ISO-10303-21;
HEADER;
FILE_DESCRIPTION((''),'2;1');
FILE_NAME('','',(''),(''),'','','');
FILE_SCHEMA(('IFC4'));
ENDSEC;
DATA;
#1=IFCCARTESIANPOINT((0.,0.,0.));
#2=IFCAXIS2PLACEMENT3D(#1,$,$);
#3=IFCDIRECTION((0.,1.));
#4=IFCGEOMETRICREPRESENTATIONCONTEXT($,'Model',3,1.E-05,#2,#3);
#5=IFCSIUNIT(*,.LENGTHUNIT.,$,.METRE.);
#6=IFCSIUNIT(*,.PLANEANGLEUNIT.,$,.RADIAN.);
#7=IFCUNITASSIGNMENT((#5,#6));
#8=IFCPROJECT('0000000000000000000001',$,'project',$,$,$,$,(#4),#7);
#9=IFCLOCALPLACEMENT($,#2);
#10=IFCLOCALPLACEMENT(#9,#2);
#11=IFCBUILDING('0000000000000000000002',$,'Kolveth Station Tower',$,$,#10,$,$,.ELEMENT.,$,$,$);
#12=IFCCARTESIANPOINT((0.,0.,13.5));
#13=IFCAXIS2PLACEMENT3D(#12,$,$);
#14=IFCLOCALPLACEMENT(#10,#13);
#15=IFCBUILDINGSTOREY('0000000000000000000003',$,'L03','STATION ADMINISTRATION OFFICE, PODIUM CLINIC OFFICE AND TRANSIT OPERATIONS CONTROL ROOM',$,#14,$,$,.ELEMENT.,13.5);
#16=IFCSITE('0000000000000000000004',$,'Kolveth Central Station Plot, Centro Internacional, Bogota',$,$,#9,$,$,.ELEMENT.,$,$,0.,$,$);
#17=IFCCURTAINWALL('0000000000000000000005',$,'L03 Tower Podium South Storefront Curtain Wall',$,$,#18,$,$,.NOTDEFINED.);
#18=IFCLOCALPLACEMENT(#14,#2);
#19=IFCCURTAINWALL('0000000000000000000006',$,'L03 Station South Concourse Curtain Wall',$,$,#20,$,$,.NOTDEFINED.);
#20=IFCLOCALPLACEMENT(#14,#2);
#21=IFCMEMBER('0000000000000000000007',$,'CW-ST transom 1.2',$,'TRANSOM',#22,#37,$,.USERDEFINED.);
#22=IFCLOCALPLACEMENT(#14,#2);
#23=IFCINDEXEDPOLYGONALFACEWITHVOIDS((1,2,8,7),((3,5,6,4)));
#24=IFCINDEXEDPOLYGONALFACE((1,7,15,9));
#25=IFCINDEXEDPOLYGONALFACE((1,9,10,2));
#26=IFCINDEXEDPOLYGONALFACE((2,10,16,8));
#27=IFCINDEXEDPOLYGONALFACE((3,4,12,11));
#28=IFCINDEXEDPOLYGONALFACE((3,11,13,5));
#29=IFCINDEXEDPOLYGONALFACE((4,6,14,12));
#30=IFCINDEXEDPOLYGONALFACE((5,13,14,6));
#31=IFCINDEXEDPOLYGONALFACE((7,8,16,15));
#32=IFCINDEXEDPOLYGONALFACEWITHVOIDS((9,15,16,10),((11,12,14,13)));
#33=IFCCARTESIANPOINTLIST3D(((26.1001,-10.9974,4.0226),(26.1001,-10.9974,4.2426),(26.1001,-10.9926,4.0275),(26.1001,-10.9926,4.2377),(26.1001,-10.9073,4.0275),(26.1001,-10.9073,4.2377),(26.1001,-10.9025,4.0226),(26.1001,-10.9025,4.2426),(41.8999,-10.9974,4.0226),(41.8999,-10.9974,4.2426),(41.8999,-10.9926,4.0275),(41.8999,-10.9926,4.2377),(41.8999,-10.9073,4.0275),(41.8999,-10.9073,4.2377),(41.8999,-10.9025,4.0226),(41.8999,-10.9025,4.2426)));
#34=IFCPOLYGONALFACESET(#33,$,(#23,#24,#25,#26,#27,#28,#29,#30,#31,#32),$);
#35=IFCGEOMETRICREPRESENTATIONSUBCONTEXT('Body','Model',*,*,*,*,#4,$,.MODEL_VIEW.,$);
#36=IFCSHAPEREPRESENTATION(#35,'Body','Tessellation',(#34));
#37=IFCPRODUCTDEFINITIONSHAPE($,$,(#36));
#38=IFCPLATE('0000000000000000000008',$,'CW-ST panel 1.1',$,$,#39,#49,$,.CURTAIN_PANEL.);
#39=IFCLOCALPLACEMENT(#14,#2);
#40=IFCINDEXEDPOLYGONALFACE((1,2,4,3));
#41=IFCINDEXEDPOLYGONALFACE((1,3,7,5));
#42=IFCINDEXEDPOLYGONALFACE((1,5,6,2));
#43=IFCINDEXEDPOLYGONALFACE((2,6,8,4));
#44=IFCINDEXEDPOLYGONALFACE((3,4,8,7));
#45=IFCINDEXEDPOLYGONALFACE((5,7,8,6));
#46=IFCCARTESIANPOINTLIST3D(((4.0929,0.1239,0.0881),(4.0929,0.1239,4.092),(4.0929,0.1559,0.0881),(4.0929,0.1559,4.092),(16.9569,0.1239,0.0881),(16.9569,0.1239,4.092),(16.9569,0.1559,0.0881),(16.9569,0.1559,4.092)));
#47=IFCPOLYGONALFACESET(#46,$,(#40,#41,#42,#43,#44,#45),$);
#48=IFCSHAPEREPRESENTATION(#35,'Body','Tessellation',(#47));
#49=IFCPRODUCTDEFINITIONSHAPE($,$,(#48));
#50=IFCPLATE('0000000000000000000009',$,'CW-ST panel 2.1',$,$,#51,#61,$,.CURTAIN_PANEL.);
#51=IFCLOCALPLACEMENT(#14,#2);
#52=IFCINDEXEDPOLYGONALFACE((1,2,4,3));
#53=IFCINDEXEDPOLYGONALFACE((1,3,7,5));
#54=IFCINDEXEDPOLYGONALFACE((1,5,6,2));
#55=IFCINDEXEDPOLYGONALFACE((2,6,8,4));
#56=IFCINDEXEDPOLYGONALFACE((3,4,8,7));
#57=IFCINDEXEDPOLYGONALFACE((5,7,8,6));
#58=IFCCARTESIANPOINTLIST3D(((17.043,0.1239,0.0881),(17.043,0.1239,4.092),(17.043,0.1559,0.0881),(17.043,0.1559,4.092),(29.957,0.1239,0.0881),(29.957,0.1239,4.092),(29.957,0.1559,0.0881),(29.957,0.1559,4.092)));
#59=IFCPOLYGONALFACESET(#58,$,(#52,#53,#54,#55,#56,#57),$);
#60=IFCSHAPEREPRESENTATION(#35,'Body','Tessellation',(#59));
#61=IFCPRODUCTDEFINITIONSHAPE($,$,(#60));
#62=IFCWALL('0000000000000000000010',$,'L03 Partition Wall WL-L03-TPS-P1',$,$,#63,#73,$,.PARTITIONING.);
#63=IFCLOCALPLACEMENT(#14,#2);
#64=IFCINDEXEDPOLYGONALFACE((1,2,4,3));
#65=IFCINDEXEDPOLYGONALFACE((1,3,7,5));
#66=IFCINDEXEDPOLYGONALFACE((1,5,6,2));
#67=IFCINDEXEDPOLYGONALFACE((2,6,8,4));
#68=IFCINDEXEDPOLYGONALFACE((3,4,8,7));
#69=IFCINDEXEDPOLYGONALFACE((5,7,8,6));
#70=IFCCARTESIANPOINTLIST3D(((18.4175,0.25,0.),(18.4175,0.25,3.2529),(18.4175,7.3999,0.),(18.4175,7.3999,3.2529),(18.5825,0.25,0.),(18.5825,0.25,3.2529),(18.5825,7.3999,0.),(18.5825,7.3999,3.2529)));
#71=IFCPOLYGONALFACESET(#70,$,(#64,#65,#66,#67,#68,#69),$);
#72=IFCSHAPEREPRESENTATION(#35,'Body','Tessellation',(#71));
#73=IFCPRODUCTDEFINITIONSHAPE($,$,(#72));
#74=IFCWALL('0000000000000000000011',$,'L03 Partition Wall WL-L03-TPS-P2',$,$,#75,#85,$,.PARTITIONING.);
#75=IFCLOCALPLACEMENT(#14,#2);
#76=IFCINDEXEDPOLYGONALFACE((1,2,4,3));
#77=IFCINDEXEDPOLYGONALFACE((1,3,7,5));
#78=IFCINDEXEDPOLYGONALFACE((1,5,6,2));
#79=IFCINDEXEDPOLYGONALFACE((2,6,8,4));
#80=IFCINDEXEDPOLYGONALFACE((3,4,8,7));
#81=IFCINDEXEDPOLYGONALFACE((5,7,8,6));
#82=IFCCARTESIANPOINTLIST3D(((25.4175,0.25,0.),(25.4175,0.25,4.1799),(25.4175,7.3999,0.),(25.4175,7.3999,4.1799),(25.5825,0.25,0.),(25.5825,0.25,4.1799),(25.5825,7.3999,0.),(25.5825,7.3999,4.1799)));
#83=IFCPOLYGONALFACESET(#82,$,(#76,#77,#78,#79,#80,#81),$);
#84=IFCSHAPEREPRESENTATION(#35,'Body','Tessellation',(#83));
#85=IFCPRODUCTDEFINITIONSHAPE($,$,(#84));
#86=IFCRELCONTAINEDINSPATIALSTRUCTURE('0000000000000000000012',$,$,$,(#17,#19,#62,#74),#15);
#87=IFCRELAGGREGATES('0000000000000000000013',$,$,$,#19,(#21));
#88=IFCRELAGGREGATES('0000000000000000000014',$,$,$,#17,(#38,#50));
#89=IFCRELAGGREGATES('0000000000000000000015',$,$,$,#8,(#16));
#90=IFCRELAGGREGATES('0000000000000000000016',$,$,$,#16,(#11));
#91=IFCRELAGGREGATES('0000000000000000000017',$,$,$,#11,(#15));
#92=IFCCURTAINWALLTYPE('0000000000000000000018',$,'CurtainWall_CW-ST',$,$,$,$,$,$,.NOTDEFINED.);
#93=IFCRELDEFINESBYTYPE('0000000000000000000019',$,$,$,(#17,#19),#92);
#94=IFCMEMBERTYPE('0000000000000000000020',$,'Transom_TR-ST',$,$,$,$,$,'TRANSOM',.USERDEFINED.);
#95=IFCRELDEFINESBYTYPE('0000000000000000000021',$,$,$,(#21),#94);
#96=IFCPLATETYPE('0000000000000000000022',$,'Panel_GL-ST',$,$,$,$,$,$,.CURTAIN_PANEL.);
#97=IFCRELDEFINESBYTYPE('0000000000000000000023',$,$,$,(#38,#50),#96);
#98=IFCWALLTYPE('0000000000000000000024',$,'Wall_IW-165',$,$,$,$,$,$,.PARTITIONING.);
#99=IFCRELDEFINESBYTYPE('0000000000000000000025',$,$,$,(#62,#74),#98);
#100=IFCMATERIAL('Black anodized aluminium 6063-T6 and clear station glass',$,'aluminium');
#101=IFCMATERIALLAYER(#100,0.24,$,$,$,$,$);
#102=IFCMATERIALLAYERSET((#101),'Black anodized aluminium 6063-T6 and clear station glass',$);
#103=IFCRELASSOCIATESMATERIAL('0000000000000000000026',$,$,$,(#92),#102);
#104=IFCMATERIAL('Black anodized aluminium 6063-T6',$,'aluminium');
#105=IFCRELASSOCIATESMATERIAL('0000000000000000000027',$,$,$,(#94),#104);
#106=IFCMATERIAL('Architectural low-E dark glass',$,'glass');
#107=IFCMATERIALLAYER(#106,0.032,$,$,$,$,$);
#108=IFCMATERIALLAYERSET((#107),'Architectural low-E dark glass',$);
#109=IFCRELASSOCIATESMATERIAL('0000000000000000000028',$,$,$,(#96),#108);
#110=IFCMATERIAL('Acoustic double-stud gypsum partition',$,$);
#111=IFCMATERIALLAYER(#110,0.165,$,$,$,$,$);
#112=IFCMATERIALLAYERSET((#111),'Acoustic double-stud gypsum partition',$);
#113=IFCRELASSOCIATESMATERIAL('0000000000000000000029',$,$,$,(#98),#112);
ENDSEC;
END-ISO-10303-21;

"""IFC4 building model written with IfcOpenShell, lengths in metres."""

from ifc_helpers import new_model, si_unit, direction, frame, frame_2d, origin, origin_2d, place, context, subcontext, project, spatial, rectangle, hollow_rectangle, extrude, source, transform, mapped, material, layer, layer_set, material_profile, profile_set, type_object, element, aggregate, save


model = new_model("IFC4")

# Units and contexts
model_context = context("Model", 3, precision=1e-05, world=origin(), true_north=direction((0.0, 1.0)))
body_context = subcontext(model_context, "Body", "Model", "MODEL_VIEW")
ifc_project = project(units=[si_unit("LENGTHUNIT", "METRE"), si_unit("PLANEANGLEUNIT", "RADIAN")], contexts=[model_context])

# Site, building, storey
site_placement = place(None, origin())
site = spatial("IfcSite", under=ifc_project, at=site_placement, Name="Kolveth Central Station Plot, Centro Internacional, Bogota", CompositionType="ELEMENT", RefElevation=0.0)
building_placement = place(site_placement, origin())
building = spatial("IfcBuilding", under=site, at=building_placement, Name="Kolveth Station Tower", CompositionType="ELEMENT")
storey_placement = place(building_placement, frame((0.0, 0.0, 13.5)))
storey = spatial("IfcBuildingStorey", under=building, at=storey_placement, Name="L03", Description="STATION ADMINISTRATION OFFICE, PODIUM CLINIC OFFICE AND TRANSIT OPERATIONS CONTROL ROOM", CompositionType="ELEMENT", Elevation=13.5)

# Curtain walls
ifc_material_1 = material(Name="Black anodized aluminium 6063-T6 and clear station glass", Category="aluminium")
ifc_layer_1 = layer(ifc_material_1, 0.24)
ifc_layer_set_1 = layer_set([ifc_layer_1], Name="Black anodized aluminium 6063-T6 and clear station glass")
curtain_wall_type = type_object("IfcCurtainWallType", Name="CurtainWall_CW-ST", PredefinedType="NOTDEFINED", material=ifc_layer_set_1)
curtain_wall_1_placement = place(storey_placement, origin())
curtain_wall_1 = element("IfcCurtainWall", 1, at=curtain_wall_1_placement, inside=storey, type_object=curtain_wall_type, Name="L03 Tower Podium South Storefront Curtain Wall", PredefinedType="NOTDEFINED")
ifc_material_2 = material(Name="Black anodized aluminium 6063-T6", Category="aluminium")
curtain_wall_2_placement = place(storey_placement, origin())
curtain_wall_2 = element("IfcCurtainWall", 2, at=curtain_wall_2_placement, inside=storey, type_object=curtain_wall_type, Name="L03 Station South Concourse Curtain Wall", PredefinedType="NOTDEFINED")

# Member
ifc_material_profile_1 = material_profile(ifc_material_2, hollow_rectangle(XDim=0.095, YDim=0.22, WallThickness=0.0049, at=origin_2d()), Name="ALU-95x220x5")
ifc_profile_set_1 = profile_set([ifc_material_profile_1], Name="Black anodized aluminium 6063-T6")
member_type_1 = type_object("IfcMemberType", Name="Transom_TR-ST", ElementType="TRANSOM", PredefinedType="USERDEFINED", material=ifc_profile_set_1)
shared_shape_1 = source(origin(), body_context, "Body", "SweptSolid", [
    extrude(hollow_rectangle(XDim=0.095, YDim=0.22, WallThickness=0.0049, at=origin_2d()), origin(), (0.0, 0.0, 1.0), 15.7998),
])
member_1_placement = place(storey_placement, frame((26.1001, -10.95, 4.1326), z_axis=(1.0, 0.0, 0.0), x_axis=(0.0, 1.0, 0.0)))
member_1 = element("IfcMember", 3, at=member_1_placement, type_object=member_type_1, Name="CW-ST transom 1.2", ObjectType="TRANSOM", PredefinedType="USERDEFINED", context=body_context, shape_type="MappedRepresentation", body=[
    mapped(shared_shape_1, transform((0.0, 0.0, 0.0), x_axis=(1.0, 0.0, 0.0), y_axis=(0.0, 1.0, 0.0), z_axis=(0.0, 0.0, 1.0), scale=1.0)),
])
aggregate(curtain_wall_2, [member_1])

# Plates
ifc_material_3 = material(Name="Architectural low-E dark glass", Category="glass")
ifc_layer_2 = layer(ifc_material_3, 0.032)
ifc_layer_set_2 = layer_set([ifc_layer_2], Name="Architectural low-E dark glass")
plate_type = type_object("IfcPlateType", Name="Panel_GL-ST", PredefinedType="CURTAIN_PANEL", material=ifc_layer_set_2)
shared_shape_2 = source(origin(), body_context, "Body", "SweptSolid", [
    extrude(rectangle(XDim=12.864, YDim=0.032, at=origin_2d()), origin(), (0.0, 0.0, 1.0), 4.0039),
])
plate_1_placement = place(storey_placement, frame((10.5249, 0.1399, 0.0881), z_axis=(0.0, 0.0, 1.0), x_axis=(1.0, 0.0, 0.0)))
plate_1 = element("IfcPlate", 4, at=plate_1_placement, type_object=plate_type, Name="CW-ST panel 1.1", PredefinedType="CURTAIN_PANEL", context=body_context, shape_type="MappedRepresentation", body=[
    mapped(shared_shape_2, transform((0.0, 0.0, 0.0), x_axis=(1.0, 0.0, 0.0), y_axis=(0.0, 1.0, 0.0), z_axis=(0.0, 0.0, 1.0), scale=1.0)),
])
shared_shape_3 = source(origin(), body_context, "Body", "SweptSolid", [
    extrude(rectangle(XDim=12.9141, YDim=0.032, at=origin_2d()), origin(), (0.0, 0.0, 1.0), 4.0039),
])
plate_2_placement = place(storey_placement, frame((23.5, 0.1399, 0.0881), z_axis=(0.0, 0.0, 1.0), x_axis=(1.0, 0.0, 0.0)))
plate_2 = element("IfcPlate", 5, at=plate_2_placement, type_object=plate_type, Name="CW-ST panel 2.1", PredefinedType="CURTAIN_PANEL", context=body_context, shape_type="MappedRepresentation", body=[
    mapped(shared_shape_3, transform((0.0, 0.0, 0.0), x_axis=(1.0, 0.0, 0.0), y_axis=(0.0, 1.0, 0.0), z_axis=(0.0, 0.0, 1.0), scale=1.0)),
])
aggregate(curtain_wall_1, [plate_1, plate_2])

# Walls
ifc_material_4 = material(Name="Acoustic double-stud gypsum partition")
ifc_layer_3 = layer(ifc_material_4, 0.165)
ifc_layer_set_3 = layer_set([ifc_layer_3], Name="Acoustic double-stud gypsum partition")
wall_type = type_object("IfcWallType", Name="Wall_IW-165", PredefinedType="PARTITIONING", material=ifc_layer_set_3)
wall_1_placement = place(storey_placement, frame((18.5, 0.25, 0.0), z_axis=(0.0, 0.0, 1.0), x_axis=(0.0, 1.0, 0.0)))
element("IfcWall", 6, at=wall_1_placement, inside=storey, type_object=wall_type, Name="L03 Partition Wall WL-L03-TPS-P1", PredefinedType="PARTITIONING", context=body_context, shape_type="SweptSolid", body=[
    extrude(rectangle(XDim=7.1499, YDim=0.165, at=frame_2d((3.575, 0.0))), origin(), (0.0, 0.0, 1.0), 3.2529),
])
wall_2_placement = place(storey_placement, frame((25.5, 0.25, 0.0), z_axis=(0.0, 0.0, 1.0), x_axis=(0.0, 1.0, 0.0)))
element("IfcWall", 7, at=wall_2_placement, inside=storey, type_object=wall_type, Name="L03 Partition Wall WL-L03-TPS-P2", PredefinedType="PARTITIONING", context=body_context, shape_type="SweptSolid", body=[
    extrude(rectangle(XDim=7.1499, YDim=0.165, at=frame_2d((3.575, 0.0))), origin(), (0.0, 0.0, 1.0), 4.1799),
])

save(model, "model.ifc")
